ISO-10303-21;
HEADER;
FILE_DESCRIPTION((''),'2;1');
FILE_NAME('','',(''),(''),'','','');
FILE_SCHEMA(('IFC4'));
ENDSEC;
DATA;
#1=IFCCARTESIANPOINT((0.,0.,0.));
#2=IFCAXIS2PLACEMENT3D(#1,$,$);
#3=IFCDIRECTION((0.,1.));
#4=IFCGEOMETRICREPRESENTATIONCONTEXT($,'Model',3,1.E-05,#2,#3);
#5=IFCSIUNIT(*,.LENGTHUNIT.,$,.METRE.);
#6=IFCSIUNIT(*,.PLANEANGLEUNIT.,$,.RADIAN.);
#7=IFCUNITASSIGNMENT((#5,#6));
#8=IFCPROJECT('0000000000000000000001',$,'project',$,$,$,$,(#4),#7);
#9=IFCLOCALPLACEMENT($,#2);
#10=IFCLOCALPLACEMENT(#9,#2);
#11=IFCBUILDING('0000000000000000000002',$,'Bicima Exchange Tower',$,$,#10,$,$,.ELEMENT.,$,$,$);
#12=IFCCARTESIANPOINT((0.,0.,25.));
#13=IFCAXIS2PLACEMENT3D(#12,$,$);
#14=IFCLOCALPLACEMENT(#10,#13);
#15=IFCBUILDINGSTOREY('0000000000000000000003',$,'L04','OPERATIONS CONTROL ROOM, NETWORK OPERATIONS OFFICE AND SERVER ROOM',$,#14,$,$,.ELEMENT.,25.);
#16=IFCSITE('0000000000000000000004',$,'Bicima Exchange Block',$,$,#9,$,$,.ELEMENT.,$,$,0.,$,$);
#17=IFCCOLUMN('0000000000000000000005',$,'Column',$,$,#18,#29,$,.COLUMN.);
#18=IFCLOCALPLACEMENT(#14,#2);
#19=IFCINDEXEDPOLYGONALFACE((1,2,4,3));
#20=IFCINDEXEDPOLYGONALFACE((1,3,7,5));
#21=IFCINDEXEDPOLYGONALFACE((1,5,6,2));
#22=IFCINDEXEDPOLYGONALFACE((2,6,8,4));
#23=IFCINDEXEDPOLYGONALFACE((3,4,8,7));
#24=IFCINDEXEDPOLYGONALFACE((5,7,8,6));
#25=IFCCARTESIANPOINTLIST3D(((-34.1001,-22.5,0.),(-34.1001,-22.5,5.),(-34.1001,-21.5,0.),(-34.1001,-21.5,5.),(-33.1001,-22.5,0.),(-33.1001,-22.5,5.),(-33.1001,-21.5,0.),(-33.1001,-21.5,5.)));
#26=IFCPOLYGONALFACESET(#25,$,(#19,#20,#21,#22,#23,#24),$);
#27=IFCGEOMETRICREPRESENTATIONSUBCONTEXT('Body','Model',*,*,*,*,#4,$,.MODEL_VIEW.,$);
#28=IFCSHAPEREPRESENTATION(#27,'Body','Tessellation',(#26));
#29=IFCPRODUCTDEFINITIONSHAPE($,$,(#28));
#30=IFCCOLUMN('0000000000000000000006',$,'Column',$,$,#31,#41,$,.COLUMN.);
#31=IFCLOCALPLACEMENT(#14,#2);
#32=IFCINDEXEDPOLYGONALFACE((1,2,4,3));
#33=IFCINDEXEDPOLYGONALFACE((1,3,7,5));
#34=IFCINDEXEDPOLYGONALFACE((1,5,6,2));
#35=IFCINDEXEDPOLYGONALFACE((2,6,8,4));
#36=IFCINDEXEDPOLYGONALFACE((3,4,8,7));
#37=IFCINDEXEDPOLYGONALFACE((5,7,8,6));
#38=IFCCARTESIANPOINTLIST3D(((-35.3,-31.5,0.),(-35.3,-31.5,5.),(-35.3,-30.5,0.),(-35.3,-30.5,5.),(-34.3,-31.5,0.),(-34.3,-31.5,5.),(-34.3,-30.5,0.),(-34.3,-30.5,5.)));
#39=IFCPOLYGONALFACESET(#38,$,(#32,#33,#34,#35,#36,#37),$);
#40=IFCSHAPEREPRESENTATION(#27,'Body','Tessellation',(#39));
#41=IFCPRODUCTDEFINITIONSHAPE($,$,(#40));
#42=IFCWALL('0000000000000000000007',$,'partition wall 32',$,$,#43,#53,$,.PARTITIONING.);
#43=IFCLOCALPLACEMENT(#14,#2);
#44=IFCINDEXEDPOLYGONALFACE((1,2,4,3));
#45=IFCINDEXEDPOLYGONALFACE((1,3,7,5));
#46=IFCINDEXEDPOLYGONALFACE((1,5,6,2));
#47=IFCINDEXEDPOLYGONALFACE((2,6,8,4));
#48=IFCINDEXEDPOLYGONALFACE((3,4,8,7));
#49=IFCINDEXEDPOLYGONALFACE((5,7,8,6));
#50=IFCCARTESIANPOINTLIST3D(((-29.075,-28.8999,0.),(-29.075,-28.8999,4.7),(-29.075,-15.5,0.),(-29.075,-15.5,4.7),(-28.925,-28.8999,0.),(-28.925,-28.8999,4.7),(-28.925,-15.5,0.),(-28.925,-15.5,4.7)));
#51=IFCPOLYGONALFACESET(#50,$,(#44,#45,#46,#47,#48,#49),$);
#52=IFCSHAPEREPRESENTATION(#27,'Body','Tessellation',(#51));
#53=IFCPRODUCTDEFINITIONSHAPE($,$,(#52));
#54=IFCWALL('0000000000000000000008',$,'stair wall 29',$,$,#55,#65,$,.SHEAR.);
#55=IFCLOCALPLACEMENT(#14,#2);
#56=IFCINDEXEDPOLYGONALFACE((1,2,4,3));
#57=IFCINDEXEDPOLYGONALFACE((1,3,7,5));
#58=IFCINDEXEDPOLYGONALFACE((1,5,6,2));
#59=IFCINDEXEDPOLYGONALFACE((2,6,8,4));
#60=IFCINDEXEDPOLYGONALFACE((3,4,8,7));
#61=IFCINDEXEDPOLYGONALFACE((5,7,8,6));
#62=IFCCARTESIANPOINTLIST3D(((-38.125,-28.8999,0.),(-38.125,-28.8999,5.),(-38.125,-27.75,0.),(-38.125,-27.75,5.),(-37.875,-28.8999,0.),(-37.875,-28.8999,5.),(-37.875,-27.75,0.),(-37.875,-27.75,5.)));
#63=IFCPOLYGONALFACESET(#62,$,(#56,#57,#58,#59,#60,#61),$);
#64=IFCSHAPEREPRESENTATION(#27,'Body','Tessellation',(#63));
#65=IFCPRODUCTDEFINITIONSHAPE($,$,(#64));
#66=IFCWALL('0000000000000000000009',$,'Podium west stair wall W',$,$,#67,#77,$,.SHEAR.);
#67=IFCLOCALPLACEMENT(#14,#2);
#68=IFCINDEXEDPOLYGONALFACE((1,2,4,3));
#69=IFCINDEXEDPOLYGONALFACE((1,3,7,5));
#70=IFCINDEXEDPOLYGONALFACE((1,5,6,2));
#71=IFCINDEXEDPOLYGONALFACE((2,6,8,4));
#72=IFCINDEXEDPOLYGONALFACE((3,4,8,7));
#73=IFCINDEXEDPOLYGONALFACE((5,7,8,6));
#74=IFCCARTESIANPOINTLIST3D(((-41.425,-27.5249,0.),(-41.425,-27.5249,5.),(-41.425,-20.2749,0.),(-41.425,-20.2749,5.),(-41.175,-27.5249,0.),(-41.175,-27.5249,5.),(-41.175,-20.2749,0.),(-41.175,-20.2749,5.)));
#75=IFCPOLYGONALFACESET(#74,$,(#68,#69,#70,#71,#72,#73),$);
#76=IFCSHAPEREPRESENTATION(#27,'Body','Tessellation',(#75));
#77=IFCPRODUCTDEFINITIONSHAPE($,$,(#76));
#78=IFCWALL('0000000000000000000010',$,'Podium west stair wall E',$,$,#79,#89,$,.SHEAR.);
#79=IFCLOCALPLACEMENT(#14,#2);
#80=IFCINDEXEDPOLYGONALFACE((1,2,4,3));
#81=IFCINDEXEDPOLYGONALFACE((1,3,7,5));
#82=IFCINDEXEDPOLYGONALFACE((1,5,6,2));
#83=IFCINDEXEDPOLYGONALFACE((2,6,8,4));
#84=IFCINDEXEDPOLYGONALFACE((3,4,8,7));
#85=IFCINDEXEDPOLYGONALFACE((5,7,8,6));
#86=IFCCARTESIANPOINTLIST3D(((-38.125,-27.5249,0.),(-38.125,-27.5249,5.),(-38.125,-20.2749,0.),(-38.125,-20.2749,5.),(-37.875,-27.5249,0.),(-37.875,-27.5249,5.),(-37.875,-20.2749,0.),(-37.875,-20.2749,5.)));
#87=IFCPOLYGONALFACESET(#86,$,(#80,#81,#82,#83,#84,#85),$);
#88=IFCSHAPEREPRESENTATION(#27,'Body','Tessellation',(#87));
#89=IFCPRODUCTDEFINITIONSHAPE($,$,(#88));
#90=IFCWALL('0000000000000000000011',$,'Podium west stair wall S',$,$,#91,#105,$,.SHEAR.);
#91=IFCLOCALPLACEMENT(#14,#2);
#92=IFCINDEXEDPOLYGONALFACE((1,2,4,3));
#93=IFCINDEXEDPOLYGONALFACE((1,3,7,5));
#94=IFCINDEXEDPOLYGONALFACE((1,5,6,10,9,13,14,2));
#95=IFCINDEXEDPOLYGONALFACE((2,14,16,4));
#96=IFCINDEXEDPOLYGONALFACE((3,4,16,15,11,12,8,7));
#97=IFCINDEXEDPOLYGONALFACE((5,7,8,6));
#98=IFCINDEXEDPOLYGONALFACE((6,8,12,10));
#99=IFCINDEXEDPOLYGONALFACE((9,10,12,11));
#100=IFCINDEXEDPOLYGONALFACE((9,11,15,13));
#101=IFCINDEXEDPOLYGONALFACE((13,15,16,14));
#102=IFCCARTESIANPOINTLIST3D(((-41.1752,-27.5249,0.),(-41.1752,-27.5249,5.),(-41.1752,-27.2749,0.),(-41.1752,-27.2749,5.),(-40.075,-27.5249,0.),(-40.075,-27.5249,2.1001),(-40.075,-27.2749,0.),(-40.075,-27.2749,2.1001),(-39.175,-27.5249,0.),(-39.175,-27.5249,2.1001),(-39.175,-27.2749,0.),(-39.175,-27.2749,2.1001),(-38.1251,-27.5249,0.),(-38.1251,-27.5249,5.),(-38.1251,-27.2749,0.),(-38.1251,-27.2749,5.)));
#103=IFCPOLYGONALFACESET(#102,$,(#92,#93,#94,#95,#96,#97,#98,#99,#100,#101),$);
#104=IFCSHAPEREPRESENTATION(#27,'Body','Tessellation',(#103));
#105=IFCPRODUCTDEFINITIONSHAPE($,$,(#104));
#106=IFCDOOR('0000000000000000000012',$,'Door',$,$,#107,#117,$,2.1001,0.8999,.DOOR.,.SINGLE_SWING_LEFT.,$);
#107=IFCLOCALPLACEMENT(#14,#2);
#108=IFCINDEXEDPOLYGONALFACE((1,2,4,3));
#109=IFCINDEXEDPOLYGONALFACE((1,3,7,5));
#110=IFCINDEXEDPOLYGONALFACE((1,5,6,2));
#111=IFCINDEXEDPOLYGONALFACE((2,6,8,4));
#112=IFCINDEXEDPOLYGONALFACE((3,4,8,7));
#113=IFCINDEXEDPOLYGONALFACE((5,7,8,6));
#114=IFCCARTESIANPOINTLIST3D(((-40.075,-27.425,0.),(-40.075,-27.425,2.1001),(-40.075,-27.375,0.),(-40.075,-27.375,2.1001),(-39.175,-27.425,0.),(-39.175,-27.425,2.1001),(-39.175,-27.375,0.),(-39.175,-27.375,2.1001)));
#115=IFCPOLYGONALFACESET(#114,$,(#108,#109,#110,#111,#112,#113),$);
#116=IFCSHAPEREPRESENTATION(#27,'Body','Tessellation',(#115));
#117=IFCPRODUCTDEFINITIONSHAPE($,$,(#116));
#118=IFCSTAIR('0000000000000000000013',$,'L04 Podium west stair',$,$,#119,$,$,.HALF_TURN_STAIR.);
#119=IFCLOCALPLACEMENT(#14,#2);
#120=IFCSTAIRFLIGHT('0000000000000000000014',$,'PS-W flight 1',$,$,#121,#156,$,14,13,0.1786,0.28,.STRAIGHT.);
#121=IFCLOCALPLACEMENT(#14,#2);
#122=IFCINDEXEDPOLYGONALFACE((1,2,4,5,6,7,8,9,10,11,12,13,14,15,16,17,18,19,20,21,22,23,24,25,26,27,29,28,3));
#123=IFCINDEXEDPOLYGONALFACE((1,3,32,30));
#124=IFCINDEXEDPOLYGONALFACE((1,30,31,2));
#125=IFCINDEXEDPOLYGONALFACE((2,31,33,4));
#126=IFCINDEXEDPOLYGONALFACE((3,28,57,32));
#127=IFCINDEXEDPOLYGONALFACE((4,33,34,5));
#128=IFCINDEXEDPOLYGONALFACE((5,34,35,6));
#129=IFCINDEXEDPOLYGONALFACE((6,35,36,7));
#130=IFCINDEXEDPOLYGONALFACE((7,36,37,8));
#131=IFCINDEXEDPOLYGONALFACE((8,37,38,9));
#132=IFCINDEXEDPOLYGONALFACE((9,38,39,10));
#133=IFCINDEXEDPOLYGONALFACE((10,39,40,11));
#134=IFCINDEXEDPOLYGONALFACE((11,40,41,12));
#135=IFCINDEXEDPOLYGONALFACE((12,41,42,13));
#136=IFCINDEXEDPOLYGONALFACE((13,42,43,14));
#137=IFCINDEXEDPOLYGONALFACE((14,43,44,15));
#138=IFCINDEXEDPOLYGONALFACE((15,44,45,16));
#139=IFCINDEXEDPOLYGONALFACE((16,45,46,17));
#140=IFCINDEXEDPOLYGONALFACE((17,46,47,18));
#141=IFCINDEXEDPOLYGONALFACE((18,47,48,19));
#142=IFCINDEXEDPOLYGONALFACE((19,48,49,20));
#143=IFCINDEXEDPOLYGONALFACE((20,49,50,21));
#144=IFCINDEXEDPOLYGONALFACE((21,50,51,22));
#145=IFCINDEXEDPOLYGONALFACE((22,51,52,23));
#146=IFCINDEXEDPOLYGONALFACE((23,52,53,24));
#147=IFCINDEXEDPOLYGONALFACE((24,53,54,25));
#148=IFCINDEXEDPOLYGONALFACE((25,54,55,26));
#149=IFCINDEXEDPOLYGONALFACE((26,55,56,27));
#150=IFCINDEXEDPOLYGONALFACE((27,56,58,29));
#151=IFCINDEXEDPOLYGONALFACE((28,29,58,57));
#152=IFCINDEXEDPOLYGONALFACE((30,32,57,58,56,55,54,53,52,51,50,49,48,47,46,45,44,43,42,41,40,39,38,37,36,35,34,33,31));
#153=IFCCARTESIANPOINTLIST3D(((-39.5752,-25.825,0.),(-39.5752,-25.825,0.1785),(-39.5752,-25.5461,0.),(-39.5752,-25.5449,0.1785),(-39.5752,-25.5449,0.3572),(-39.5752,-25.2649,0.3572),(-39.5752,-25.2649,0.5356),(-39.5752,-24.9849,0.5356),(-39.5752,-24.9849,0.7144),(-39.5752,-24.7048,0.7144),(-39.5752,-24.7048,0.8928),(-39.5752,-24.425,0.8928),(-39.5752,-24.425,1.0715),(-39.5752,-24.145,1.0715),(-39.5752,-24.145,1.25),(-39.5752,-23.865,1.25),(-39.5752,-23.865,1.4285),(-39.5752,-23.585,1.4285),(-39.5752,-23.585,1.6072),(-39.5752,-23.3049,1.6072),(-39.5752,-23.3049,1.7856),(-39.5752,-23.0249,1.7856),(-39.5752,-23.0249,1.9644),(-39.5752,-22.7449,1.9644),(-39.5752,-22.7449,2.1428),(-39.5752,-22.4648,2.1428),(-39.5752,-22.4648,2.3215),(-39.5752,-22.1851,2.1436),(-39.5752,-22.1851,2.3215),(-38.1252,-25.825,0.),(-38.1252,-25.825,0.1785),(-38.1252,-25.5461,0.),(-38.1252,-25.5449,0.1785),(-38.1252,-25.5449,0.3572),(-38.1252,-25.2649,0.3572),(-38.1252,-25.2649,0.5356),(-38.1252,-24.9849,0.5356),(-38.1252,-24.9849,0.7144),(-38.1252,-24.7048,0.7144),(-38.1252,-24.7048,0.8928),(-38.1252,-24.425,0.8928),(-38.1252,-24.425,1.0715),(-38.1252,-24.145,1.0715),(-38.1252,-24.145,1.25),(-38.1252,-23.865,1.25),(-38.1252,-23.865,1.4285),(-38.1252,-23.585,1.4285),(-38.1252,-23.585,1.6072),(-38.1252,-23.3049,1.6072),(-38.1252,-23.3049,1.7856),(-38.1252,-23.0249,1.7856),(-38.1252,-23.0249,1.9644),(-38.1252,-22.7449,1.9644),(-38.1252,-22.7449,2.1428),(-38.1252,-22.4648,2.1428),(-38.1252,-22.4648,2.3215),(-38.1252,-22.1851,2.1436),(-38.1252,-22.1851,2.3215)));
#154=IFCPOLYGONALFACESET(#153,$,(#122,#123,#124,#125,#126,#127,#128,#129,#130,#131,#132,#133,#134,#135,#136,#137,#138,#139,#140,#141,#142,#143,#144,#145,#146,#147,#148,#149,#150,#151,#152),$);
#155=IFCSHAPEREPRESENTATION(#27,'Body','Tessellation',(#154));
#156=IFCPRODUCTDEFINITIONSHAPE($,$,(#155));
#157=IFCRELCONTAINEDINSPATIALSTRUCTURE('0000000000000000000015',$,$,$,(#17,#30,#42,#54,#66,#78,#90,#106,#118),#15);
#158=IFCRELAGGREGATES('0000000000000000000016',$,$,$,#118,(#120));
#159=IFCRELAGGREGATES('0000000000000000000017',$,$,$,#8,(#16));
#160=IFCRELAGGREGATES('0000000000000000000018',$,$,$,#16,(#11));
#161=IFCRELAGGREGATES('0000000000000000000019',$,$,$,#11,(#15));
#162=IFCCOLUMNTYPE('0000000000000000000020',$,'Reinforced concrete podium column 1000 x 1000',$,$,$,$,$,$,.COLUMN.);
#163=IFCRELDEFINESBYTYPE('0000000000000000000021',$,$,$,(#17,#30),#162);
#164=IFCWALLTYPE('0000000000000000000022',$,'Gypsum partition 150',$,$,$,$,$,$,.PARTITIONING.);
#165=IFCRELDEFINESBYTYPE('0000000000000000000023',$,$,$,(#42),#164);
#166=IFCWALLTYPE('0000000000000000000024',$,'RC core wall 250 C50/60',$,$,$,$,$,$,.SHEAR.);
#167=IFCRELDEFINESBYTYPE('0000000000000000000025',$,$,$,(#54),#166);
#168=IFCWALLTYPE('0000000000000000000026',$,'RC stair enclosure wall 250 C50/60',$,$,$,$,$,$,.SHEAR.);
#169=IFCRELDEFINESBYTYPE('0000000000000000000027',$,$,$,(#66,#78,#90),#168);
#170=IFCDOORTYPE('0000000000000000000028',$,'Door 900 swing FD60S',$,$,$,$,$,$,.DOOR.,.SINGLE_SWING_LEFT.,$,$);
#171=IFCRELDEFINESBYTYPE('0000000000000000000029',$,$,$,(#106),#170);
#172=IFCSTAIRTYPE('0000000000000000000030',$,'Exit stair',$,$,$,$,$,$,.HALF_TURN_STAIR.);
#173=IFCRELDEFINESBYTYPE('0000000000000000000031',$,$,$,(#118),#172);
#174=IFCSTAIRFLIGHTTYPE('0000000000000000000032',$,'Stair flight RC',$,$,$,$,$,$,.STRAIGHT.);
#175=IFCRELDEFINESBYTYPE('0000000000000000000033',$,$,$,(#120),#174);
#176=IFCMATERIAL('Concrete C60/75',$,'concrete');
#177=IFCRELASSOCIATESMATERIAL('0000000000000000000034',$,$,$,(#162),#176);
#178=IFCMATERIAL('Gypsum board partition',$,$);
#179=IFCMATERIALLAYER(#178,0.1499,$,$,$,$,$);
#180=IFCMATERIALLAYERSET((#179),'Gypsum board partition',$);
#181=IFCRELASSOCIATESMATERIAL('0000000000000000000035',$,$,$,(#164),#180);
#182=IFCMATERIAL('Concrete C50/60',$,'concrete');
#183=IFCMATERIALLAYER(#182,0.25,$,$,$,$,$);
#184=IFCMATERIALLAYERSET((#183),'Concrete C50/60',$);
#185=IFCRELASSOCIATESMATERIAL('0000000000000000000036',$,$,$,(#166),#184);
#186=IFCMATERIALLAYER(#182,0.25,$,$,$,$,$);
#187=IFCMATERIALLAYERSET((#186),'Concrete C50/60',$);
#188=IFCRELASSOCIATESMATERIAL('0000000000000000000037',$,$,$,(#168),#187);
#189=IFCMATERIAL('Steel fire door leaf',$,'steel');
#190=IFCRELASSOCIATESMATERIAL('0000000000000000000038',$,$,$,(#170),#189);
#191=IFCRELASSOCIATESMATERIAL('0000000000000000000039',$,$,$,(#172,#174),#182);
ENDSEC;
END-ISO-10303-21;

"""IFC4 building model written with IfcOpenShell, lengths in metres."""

from ifc_helpers import new_model, si_unit, direction, frame, frame_2d, origin, origin_2d, place, context, subcontext, project, spatial, polyline, rectangle, outline, extrude, material, layer, layer_set, material_profile, profile_set, type_object, element, fill, aggregate, save


model = new_model("IFC4")

# Units and contexts
model_context = context("Model", 3, precision=1e-05, world=origin(), true_north=direction((0.0, 1.0)))
body_context = subcontext(model_context, "Body", "Model", "MODEL_VIEW")
ifc_project = project(units=[si_unit("LENGTHUNIT", "METRE"), si_unit("PLANEANGLEUNIT", "RADIAN")], contexts=[model_context])

# Site, building, storey
site_placement = place(None, origin())
site = spatial("IfcSite", under=ifc_project, at=site_placement, Name="Bicima Exchange Block", CompositionType="ELEMENT", RefElevation=0.0)
building_placement = place(site_placement, origin())
building = spatial("IfcBuilding", under=site, at=building_placement, Name="Bicima Exchange Tower", CompositionType="ELEMENT")
storey_placement = place(building_placement, frame((0.0, 0.0, 25.0)))
storey = spatial("IfcBuildingStorey", under=building, at=storey_placement, Name="L04", Description="OPERATIONS CONTROL ROOM, NETWORK OPERATIONS OFFICE AND SERVER ROOM", CompositionType="ELEMENT", Elevation=25.0)

# Columns
ifc_material_1 = material(Name="Concrete C60/75", Category="concrete")
ifc_material_profile = material_profile(ifc_material_1, rectangle(XDim=1.0, YDim=1.0, at=origin_2d()))
ifc_profile_set = profile_set([ifc_material_profile], Name="Concrete C60/75")
column_type = type_object("IfcColumnType", Name="Reinforced concrete podium column 1000 x 1000", PredefinedType="COLUMN", material=ifc_profile_set)
for number, where, z_axis, x_axis, name in (
    (1, (-33.6001, -22.0, 0.0), (0.0, 0.0, 1.0), (1.0, 0.0, 0.0), "Column"),
    (2, (-34.8, -31.0, 0.0), (0.0, 0.0, 1.0), (1.0, 0.0, 0.0), "Column"),
):
    element("IfcColumn", number, at=place(storey_placement, frame(where, z_axis=z_axis, x_axis=x_axis)), inside=storey, type_object=column_type, Name=name, PredefinedType="COLUMN", context=body_context, shape_type="SweptSolid", body=[
        extrude(rectangle(XDim=1.0, YDim=1.0, at=origin_2d()), origin(), (0.0, 0.0, 1.0), 5.0),
    ])

# Walls
ifc_material_2 = material(Name="Gypsum board partition")
ifc_layer_1 = layer(ifc_material_2, 0.1499)
ifc_layer_set_1 = layer_set([ifc_layer_1], Name="Gypsum board partition")
wall_type_1 = type_object("IfcWallType", Name="Gypsum partition 150", PredefinedType="PARTITIONING", material=ifc_layer_set_1)
wall_1_placement = place(storey_placement, frame((-29.0, -28.8999, 0.0), z_axis=(0.0, 0.0, 1.0), x_axis=(0.0, 1.0, 0.0)))
element("IfcWall", 3, at=wall_1_placement, inside=storey, type_object=wall_type_1, Name="partition wall 32", PredefinedType="PARTITIONING", context=body_context, shape_type="SweptSolid", body=[
    extrude(rectangle(XDim=13.3999, YDim=0.1499, at=frame_2d((6.7, 0.0))), origin(), (0.0, 0.0, 1.0), 4.7),
])
ifc_material_3 = material(Name="Concrete C50/60", Category="concrete")
ifc_layer_2 = layer(ifc_material_3, 0.25)
ifc_layer_set_2 = layer_set([ifc_layer_2], Name="Concrete C50/60")
wall_type_2 = type_object("IfcWallType", Name="RC core wall 250 C50/60", PredefinedType="SHEAR", material=ifc_layer_set_2)
wall_2_placement = place(storey_placement, frame((-38.0, -28.8999, 0.0), z_axis=(0.0, 0.0, 1.0), x_axis=(0.0, 1.0, 0.0)))
element("IfcWall", 4, at=wall_2_placement, inside=storey, type_object=wall_type_2, Name="stair wall 29", PredefinedType="SHEAR", context=body_context, shape_type="SweptSolid", body=[
    extrude(rectangle(XDim=1.1499, YDim=0.25, at=frame_2d((0.575, 0.0))), origin(), (0.0, 0.0, 1.0), 5.0),
])
ifc_layer_3 = layer(ifc_material_3, 0.25)
ifc_layer_set_3 = layer_set([ifc_layer_3], Name="Concrete C50/60")
wall_type_3 = type_object("IfcWallType", Name="RC stair enclosure wall 250 C50/60", PredefinedType="SHEAR", material=ifc_layer_set_3)
for number, where, z_axis, x_axis, name in (
    (5, (-41.3, -27.5249, 0.0), (0.0, 0.0, 1.0), (0.0, 1.0, 0.0), "Podium west stair wall W"),
    (6, (-38.0, -27.5249, 0.0), (0.0, 0.0, 1.0), (0.0, 1.0, 0.0), "Podium west stair wall E"),
):
    element("IfcWall", number, at=place(storey_placement, frame(where, z_axis=z_axis, x_axis=x_axis)), inside=storey, type_object=wall_type_3, Name=name, PredefinedType="SHEAR", context=body_context, shape_type="SweptSolid", body=[
        extrude(rectangle(XDim=7.25, YDim=0.25, at=frame_2d((3.625, 0.0))), origin(), (0.0, 0.0, 1.0), 5.0),
    ])

# Wall, opening, door
wall_3_placement = place(storey_placement, frame((-41.175, -27.3999, 0.0), z_axis=(0.0, 0.0, 1.0), x_axis=(1.0, 0.0, 0.0)))
wall_3 = element("IfcWall", 7, at=wall_3_placement, inside=storey, type_object=wall_type_3, Name="Podium west stair wall S", PredefinedType="SHEAR", context=body_context, shape_type="SweptSolid", body=[
    extrude(rectangle(XDim=3.05, YDim=0.25, at=frame_2d((1.5249, 0.0))), origin(), (0.0, 0.0, 1.0), 5.0),
])
opening_placement = place(wall_3_placement, frame((1.1001, 0.0, 0.0)))
opening = element("IfcOpeningElement", 8, at=opening_placement, cuts=wall_3, PredefinedType="OPENING", context=body_context, shape_type="SweptSolid", body=[
    extrude(rectangle(XDim=0.8999, YDim=2.1001, at=frame_2d((0.45, 1.05))), frame((0.0, 0.137, 0.0), z_axis=(0.0, -1.0, 0.0), x_axis=(1.0, 0.0, 0.0)), (0.0, 0.0, 1.0), 0.2739),
])
ifc_material_4 = material(Name="Steel fire door leaf", Category="steel")
door_type = type_object("IfcDoorType", Name="Door 900 swing FD60S", OperationType="SINGLE_SWING_LEFT", PredefinedType="DOOR", material=ifc_material_4)
door_placement = place(opening_placement, origin())
door = element("IfcDoor", 9, at=door_placement, inside=storey, type_object=door_type, Name="Door", OperationType="SINGLE_SWING_LEFT", OverallHeight=2.1001, OverallWidth=0.8999, PredefinedType="DOOR", context=body_context, shape_type="SweptSolid", body=[
    extrude(rectangle(XDim=0.8999, YDim=2.1001, at=frame_2d((0.45, 1.05))), frame((0.0, 0.0249, 0.0), z_axis=(0.0, -1.0, 0.0), x_axis=(1.0, 0.0, 0.0)), (0.0, 0.0, 1.0), 0.05),
])
fill(opening, door)

# Stair, stair flight
stair_type = type_object("IfcStairType", Name="Exit stair", PredefinedType="HALF_TURN_STAIR", material=ifc_material_3)
stair_placement = place(storey_placement, origin())
stair = element("IfcStair", 10, at=stair_placement, inside=storey, type_object=stair_type, Name="L04 Podium west stair", PredefinedType="HALF_TURN_STAIR")
stair_flight_type = type_object("IfcStairFlightType", Name="Stair flight RC", PredefinedType="STRAIGHT", material=ifc_material_3)
stair_flight_1_placement = place(storey_placement, frame((-38.8501, -25.825, 0.0), z_axis=(0.0, 0.0, 1.0), x_axis=(0.0, 1.0, 0.0)))
stair_flight_1 = element("IfcStairFlight", 11, at=stair_flight_1_placement, type_object=stair_flight_type, Name="PS-W flight 1", NumberOfRisers=14, NumberOfTreads=13, PredefinedType="STRAIGHT", RiserHeight=0.1786, TreadLength=0.28, context=body_context, shape_type="SweptSolid", body=[
    extrude(outline(polyline([(0.0, 0.0), (0.0, 0.1785), (0.28, 0.1785), (0.28, 0.3572), (0.5601, 0.3572), (0.5601, 0.5356), (0.8401, 0.5356), (0.8401, 0.7144), (1.1201, 0.7144), (1.1201, 0.8928), (1.3999, 0.8928), (1.3999, 1.0715), (1.6799, 1.0715), (1.6799, 1.25), (1.96, 1.25), (1.96, 1.4285), (2.24, 1.4285), (2.24, 1.6072), (2.52, 1.6072), (2.52, 1.7856), (2.8, 1.7856), (2.8, 1.9644), (3.0801, 1.9644), (3.0801, 2.1428), (3.3601, 2.1428), (3.3601, 2.3215), (3.6399, 2.3215), (3.6399, 2.5), (3.6399, 2.1436), (0.2788, 0.0), (0.0, 0.0)])), frame((0.0, 0.7251, 0.0), z_axis=(0.0, -1.0, 0.0), x_axis=(1.0, 0.0, 0.0)), (0.0, 0.0, 1.0), 1.45),
])
aggregate(stair, [stair_flight_1])

save(model, "model.ifc")
